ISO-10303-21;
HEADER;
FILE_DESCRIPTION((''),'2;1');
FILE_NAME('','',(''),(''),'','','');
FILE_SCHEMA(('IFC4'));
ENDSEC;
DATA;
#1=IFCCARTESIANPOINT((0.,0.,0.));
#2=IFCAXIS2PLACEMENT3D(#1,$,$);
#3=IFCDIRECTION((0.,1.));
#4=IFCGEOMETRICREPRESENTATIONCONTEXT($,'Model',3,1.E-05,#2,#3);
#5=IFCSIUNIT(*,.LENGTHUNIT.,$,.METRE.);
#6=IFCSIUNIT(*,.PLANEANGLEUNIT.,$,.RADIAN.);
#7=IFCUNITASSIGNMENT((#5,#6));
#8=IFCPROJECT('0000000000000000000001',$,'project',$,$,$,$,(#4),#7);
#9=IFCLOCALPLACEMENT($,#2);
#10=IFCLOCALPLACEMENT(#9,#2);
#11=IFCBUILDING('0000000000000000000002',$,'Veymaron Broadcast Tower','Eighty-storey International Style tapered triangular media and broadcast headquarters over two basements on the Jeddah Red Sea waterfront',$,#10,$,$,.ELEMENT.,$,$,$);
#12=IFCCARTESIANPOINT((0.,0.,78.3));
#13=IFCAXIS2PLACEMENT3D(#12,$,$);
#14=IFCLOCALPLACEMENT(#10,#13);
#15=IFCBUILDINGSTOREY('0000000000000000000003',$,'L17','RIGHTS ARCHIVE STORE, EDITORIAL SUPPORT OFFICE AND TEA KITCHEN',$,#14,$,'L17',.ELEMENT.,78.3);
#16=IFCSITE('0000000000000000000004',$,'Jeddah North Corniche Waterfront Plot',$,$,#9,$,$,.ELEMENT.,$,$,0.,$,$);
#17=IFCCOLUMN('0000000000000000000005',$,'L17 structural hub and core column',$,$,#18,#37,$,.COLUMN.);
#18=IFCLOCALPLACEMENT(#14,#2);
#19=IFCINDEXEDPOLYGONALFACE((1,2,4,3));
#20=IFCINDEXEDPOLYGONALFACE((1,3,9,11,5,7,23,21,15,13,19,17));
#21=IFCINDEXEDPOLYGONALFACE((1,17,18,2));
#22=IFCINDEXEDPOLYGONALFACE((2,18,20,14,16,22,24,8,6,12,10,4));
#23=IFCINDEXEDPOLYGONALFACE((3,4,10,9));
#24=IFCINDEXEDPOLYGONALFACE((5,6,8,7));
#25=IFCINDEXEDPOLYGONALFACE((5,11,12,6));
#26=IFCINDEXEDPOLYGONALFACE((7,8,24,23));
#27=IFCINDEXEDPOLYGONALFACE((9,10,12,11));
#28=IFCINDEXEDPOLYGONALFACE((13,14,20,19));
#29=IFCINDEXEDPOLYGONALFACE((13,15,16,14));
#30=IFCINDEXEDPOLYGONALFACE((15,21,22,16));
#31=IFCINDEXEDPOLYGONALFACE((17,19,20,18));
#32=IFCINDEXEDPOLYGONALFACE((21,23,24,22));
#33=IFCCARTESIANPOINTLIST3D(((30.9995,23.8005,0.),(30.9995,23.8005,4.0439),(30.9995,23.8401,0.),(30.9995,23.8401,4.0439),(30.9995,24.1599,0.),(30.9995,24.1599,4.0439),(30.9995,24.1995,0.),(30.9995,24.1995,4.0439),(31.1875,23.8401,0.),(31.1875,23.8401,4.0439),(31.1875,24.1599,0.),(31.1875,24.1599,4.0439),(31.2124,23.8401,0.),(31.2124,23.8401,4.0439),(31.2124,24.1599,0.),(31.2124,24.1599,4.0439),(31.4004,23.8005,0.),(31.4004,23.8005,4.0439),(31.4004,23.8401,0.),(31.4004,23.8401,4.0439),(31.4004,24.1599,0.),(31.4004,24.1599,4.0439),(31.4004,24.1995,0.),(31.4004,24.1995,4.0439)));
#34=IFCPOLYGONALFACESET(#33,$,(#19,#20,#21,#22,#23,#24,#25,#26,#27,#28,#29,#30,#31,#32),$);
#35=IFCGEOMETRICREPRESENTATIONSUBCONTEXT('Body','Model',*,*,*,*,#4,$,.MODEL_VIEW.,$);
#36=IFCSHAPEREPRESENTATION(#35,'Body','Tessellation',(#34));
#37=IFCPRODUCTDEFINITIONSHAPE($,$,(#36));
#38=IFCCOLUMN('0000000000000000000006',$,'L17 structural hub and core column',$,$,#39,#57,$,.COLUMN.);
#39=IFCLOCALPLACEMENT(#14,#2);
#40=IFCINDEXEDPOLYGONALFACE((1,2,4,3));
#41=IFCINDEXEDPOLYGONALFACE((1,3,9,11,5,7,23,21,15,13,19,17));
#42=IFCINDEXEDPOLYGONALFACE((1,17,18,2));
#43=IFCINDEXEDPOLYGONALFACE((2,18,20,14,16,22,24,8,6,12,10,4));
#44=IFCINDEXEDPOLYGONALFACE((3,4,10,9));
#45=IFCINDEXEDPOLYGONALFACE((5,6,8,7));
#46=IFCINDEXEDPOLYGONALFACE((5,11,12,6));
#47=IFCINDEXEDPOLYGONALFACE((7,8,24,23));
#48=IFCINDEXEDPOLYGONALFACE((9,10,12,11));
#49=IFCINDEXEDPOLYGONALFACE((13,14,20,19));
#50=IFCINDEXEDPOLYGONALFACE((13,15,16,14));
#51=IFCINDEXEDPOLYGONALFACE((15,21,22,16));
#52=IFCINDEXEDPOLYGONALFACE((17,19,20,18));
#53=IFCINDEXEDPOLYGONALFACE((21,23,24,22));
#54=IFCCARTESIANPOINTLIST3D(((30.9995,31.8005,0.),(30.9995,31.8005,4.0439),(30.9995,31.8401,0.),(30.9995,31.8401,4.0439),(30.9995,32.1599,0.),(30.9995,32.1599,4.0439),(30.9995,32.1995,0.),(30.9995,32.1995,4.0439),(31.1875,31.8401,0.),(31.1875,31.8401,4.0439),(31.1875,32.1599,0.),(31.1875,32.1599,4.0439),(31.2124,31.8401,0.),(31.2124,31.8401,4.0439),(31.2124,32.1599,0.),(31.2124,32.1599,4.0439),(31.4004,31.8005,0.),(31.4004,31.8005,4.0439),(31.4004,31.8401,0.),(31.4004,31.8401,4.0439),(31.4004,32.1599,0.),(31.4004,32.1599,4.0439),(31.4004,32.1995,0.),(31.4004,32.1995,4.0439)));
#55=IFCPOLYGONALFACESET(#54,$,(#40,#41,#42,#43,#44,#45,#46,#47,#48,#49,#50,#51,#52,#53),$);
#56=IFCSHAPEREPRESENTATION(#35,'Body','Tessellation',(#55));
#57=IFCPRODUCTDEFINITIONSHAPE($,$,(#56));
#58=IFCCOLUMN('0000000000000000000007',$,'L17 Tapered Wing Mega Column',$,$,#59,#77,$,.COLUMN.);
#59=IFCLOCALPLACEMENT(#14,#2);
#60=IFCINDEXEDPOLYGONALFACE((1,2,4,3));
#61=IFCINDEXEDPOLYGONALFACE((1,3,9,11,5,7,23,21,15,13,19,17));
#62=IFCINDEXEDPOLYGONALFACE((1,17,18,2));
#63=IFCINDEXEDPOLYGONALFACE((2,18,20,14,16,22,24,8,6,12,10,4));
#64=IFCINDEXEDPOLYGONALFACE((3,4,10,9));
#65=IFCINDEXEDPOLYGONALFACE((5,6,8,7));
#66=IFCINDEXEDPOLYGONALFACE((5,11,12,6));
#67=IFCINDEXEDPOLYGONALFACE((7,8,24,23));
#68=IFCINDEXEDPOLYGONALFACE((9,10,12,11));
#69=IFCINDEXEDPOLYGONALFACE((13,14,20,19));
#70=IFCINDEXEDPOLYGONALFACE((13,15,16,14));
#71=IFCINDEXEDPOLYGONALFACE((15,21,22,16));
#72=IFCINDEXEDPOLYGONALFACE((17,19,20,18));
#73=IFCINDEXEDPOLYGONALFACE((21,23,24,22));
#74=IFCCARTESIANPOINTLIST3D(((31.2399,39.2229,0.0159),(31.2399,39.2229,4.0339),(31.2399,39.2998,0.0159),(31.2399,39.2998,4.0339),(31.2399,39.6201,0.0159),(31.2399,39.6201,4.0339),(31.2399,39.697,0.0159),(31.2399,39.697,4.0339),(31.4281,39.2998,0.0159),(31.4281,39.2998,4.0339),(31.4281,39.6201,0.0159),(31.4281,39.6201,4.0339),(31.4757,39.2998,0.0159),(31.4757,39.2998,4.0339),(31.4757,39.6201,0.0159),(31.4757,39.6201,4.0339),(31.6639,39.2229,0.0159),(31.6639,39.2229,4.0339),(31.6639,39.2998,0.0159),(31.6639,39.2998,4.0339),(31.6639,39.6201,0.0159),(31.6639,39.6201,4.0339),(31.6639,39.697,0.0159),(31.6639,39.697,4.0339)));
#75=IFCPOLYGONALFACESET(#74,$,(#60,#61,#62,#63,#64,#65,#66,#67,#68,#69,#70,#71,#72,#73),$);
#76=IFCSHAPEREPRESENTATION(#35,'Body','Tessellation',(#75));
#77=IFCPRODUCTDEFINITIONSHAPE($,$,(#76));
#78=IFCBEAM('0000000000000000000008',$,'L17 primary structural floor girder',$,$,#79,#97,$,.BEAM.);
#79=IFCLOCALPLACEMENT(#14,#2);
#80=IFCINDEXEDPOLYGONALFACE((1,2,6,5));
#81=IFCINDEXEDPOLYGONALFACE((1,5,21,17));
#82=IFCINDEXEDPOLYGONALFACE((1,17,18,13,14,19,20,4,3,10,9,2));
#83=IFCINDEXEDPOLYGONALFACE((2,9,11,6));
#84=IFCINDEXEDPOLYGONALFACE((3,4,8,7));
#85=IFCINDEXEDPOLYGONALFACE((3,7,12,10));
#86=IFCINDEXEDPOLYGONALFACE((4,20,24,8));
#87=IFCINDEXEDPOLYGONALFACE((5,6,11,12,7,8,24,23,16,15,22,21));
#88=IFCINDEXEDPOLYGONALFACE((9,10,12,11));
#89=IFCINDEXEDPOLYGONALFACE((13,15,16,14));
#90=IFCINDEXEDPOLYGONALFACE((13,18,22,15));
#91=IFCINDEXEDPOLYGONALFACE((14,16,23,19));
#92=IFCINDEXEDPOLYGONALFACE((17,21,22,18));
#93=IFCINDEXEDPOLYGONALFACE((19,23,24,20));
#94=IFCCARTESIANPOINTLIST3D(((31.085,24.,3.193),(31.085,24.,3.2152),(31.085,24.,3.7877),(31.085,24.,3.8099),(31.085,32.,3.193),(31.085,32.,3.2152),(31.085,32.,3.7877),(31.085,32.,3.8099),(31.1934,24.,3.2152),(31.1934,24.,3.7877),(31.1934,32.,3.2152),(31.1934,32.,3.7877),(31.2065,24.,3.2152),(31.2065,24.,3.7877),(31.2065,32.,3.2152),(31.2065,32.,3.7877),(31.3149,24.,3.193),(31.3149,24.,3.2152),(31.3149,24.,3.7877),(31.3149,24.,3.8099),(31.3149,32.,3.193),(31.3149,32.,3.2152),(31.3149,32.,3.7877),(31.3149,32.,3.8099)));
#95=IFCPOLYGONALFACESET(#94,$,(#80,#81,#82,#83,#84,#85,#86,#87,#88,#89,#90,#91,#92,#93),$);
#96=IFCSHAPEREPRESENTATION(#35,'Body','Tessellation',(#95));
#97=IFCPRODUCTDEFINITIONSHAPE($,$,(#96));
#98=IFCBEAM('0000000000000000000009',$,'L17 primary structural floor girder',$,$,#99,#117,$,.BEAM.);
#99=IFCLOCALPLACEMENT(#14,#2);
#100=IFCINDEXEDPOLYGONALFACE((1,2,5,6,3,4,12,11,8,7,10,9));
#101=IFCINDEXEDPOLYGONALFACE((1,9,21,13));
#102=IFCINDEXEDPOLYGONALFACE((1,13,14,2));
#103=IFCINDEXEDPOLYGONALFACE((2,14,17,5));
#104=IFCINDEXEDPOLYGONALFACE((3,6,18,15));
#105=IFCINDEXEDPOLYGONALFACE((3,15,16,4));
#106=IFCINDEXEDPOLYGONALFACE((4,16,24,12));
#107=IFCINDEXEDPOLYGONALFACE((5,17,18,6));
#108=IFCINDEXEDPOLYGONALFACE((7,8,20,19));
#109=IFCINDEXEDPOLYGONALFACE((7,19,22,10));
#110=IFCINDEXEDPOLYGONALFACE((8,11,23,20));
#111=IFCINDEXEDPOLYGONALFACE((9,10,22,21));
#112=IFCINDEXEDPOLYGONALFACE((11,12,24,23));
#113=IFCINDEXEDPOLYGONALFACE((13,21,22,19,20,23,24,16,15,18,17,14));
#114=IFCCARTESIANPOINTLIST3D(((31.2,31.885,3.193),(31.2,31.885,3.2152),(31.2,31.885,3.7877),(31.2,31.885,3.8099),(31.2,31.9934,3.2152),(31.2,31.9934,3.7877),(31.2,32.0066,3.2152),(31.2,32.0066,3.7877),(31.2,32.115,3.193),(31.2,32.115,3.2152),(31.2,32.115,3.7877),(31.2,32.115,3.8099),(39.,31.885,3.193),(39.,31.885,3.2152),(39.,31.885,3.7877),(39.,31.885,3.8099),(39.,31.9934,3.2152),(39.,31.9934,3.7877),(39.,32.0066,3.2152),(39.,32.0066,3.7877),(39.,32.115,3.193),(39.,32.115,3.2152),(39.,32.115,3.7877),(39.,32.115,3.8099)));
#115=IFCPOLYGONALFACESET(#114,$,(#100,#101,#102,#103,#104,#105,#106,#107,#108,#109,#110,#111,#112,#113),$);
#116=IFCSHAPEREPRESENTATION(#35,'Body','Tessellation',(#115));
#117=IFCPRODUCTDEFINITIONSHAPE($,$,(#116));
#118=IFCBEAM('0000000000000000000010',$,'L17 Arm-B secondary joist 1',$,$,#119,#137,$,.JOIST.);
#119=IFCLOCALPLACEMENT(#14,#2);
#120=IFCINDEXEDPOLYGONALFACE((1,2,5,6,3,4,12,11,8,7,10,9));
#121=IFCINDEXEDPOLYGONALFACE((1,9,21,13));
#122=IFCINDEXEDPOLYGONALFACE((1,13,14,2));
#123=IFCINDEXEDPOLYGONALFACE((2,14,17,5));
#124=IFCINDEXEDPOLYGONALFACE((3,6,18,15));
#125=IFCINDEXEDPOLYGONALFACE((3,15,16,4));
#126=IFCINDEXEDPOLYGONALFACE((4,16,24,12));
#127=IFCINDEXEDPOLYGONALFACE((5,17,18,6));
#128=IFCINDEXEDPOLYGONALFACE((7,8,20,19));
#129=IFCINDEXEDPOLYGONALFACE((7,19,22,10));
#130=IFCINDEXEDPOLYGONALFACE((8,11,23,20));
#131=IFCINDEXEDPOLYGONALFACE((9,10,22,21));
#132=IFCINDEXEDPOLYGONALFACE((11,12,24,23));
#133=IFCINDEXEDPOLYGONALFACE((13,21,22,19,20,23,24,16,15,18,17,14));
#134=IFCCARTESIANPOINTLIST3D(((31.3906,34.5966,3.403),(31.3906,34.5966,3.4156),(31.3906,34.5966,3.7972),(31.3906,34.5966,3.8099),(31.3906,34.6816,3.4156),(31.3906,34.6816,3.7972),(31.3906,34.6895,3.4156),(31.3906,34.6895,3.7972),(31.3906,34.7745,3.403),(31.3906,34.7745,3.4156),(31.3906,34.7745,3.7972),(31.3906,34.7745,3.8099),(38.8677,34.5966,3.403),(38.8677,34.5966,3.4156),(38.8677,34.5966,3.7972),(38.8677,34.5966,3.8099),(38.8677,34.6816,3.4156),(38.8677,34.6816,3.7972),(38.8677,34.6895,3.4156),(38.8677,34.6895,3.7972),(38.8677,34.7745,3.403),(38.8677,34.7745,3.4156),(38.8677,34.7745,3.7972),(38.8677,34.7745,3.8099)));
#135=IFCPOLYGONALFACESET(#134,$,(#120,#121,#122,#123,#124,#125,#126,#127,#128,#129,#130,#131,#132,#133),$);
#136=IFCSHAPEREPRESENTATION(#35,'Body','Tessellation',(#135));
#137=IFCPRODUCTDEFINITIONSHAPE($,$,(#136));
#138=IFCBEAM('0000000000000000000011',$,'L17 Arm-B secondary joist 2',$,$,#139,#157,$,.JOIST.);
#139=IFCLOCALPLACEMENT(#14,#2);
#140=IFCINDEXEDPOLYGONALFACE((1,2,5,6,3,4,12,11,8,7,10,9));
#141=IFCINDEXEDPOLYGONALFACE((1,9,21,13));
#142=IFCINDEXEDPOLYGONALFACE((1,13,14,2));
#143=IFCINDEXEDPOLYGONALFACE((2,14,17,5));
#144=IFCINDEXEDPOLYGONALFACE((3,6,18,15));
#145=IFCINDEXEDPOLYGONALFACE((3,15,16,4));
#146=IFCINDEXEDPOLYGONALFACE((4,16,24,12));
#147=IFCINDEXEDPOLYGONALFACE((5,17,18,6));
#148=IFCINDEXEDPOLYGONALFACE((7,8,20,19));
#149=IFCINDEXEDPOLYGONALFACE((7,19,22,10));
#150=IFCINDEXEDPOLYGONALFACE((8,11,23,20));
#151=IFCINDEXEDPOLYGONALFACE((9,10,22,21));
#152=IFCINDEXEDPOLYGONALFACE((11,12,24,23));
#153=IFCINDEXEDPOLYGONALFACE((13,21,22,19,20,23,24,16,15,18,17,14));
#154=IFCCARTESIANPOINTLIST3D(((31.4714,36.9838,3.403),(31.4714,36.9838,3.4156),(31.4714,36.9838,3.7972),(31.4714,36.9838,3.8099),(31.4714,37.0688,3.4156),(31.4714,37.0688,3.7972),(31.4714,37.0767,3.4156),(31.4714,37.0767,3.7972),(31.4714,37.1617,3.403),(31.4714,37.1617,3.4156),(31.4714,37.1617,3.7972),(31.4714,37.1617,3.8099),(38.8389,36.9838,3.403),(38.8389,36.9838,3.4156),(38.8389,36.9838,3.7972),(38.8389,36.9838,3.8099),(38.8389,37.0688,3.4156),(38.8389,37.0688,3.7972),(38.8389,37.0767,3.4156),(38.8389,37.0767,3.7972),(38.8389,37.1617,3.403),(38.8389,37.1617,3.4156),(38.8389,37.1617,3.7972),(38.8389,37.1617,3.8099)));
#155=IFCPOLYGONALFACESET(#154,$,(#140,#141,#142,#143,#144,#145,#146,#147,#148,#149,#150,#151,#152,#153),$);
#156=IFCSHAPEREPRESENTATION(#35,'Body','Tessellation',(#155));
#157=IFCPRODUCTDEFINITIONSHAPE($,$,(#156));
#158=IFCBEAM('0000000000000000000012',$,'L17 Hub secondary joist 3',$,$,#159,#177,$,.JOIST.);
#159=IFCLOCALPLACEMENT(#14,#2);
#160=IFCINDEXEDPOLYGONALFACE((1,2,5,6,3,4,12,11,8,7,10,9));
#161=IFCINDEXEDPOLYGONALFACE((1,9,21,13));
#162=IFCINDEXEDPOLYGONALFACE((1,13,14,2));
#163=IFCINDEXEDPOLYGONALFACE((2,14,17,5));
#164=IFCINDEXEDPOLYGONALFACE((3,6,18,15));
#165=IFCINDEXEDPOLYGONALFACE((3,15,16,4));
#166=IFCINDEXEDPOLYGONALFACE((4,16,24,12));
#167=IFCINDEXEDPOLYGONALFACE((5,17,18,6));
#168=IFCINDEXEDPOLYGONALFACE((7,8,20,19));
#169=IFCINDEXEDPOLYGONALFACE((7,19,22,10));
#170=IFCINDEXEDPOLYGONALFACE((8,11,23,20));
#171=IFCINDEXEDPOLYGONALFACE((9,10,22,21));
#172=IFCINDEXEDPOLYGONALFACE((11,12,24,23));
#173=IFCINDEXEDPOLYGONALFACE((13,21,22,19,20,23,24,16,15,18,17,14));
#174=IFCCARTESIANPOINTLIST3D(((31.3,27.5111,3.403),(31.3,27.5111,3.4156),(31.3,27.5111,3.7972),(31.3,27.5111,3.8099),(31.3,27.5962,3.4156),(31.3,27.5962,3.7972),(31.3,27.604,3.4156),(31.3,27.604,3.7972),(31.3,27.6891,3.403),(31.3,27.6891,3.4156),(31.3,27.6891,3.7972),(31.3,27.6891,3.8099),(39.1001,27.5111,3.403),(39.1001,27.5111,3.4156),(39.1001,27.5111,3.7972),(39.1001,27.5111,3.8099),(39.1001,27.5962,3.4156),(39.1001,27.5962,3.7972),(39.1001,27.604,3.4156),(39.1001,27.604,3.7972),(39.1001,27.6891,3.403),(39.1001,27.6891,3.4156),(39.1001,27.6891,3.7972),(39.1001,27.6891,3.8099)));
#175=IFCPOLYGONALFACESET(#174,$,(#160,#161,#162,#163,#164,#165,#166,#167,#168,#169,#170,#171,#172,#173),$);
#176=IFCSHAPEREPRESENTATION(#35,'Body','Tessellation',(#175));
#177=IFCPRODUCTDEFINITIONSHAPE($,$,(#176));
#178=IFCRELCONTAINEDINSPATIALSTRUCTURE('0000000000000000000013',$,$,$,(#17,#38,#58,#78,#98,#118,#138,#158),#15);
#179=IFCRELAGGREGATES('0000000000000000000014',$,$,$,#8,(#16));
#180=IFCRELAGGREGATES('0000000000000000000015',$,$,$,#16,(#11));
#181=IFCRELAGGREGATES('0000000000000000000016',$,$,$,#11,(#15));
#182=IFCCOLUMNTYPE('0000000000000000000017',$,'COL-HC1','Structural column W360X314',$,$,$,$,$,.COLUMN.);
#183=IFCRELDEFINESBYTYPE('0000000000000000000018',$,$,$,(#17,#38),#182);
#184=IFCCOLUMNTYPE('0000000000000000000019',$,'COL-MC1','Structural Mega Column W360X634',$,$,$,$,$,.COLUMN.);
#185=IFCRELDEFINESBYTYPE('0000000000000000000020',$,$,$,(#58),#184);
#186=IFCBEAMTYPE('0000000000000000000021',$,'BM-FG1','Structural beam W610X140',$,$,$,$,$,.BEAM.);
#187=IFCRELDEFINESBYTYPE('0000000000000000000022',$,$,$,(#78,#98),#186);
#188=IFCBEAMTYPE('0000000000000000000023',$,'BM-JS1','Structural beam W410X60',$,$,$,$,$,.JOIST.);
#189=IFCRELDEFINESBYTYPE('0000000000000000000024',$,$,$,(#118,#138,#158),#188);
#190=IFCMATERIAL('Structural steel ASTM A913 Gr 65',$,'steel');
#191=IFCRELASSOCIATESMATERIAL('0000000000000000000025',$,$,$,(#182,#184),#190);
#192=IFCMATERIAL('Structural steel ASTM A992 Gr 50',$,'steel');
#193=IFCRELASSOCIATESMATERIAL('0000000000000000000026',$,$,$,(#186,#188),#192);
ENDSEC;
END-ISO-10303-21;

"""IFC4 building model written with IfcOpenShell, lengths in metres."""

from ifc_helpers import new_model, si_unit, direction, frame, origin, origin_2d, place, context, subcontext, project, spatial, i_section, extrude, material, material_profile, profile_set, type_object, element, save


model = new_model("IFC4")

# Units and contexts
model_context = context("Model", 3, precision=1e-05, world=origin(), true_north=direction((0.0, 1.0)))
body_context = subcontext(model_context, "Body", "Model", "MODEL_VIEW")
ifc_project = project(units=[si_unit("LENGTHUNIT", "METRE"), si_unit("PLANEANGLEUNIT", "RADIAN")], contexts=[model_context])

# Site, building, storey
site_placement = place(None, origin())
site = spatial("IfcSite", under=ifc_project, at=site_placement, Name="Jeddah North Corniche Waterfront Plot", CompositionType="ELEMENT", RefElevation=0.0)
building_placement = place(site_placement, origin())
building = spatial("IfcBuilding", under=site, at=building_placement, Name="Veymaron Broadcast Tower", Description="Eighty-storey International Style tapered triangular media and broadcast headquarters over two basements on the Jeddah Red Sea waterfront", CompositionType="ELEMENT")
storey_placement = place(building_placement, frame((0.0, 0.0, 78.3)))
storey = spatial("IfcBuildingStorey", under=building, at=storey_placement, Name="L17", Description="RIGHTS ARCHIVE STORE, EDITORIAL SUPPORT OFFICE AND TEA KITCHEN", LongName="L17", CompositionType="ELEMENT", Elevation=78.3)

# Columns
ifc_material_1 = material(Name="Structural steel ASTM A913 Gr 65", Category="steel")
ifc_material_profile_1 = material_profile(ifc_material_1, i_section(OverallWidth=0.4009, OverallDepth=0.3989, WebThickness=0.0249, FlangeThickness=0.0396, at=origin_2d()), Name="W360X314")
ifc_profile_set_1 = profile_set([ifc_material_profile_1], Name="Structural steel ASTM A913 Gr 65")
column_type_1 = type_object("IfcColumnType", Name="COL-HC1", Description="Structural column W360X314", PredefinedType="COLUMN", material=ifc_profile_set_1)
for number, where, z_axis, x_axis, name in (
    (1, (31.2, 24.0, 0.0), (0.0, 0.0, 1.0), (1.0, 0.0, 0.0), "L17 structural hub and core column"),
    (2, (31.2, 32.0, 0.0), (0.0, 0.0, 1.0), (1.0, 0.0, 0.0), "L17 structural hub and core column"),
):
    element("IfcColumn", number, at=place(storey_placement, frame(where, z_axis=z_axis, x_axis=x_axis)), inside=storey, type_object=column_type_1, Name=name, PredefinedType="COLUMN", context=body_context, shape_type="SweptSolid", body=[
        extrude(i_section(OverallWidth=0.4009, OverallDepth=0.3989, WebThickness=0.0249, FlangeThickness=0.0396, at=origin_2d()), origin(), (0.0, 0.0, 1.0), 4.0439),
    ])
ifc_material_profile_2 = material_profile(ifc_material_1, i_section(OverallWidth=0.4241, OverallDepth=0.4741, WebThickness=0.0476, FlangeThickness=0.0769, at=origin_2d()), Name="W360X634")
ifc_profile_set_2 = profile_set([ifc_material_profile_2], Name="Structural steel ASTM A913 Gr 65")
column_type_2 = type_object("IfcColumnType", Name="COL-MC1", Description="Structural Mega Column W360X634", PredefinedType="COLUMN", material=ifc_profile_set_2)
column_placement = place(storey_placement, frame((31.4519, 39.46, 0.0159), z_axis=(0.0, 0.0, 1.0), x_axis=(1.0, 0.0, 0.0)))
element("IfcColumn", 3, at=column_placement, inside=storey, type_object=column_type_2, Name="L17 Tapered Wing Mega Column", PredefinedType="COLUMN", context=body_context, shape_type="SweptSolid", body=[
    extrude(i_section(OverallWidth=0.4241, OverallDepth=0.4741, WebThickness=0.0476, FlangeThickness=0.0769, at=origin_2d()), origin(), (0.0, 0.0, 1.0), 4.0181),
])

# Beams
ifc_material_2 = material(Name="Structural steel ASTM A992 Gr 50", Category="steel")
ifc_material_profile_3 = material_profile(ifc_material_2, i_section(OverallWidth=0.23, OverallDepth=0.6169, WebThickness=0.0132, FlangeThickness=0.0222, at=origin_2d()), Name="W610X140")
ifc_profile_set_3 = profile_set([ifc_material_profile_3], Name="Structural steel ASTM A992 Gr 50")
beam_type_1 = type_object("IfcBeamType", Name="BM-FG1", Description="Structural beam W610X140", PredefinedType="BEAM", material=ifc_profile_set_3)
beam_1_placement = place(storey_placement, frame((31.2, 24.0, 3.5015), z_axis=(0.0, 1.0, 0.0), x_axis=(-1.0, 0.0, 0.0)))
element("IfcBeam", 4, at=beam_1_placement, inside=storey, type_object=beam_type_1, Name="L17 primary structural floor girder", PredefinedType="BEAM", context=body_context, shape_type="SweptSolid", body=[
    extrude(i_section(OverallWidth=0.23, OverallDepth=0.6169, WebThickness=0.0132, FlangeThickness=0.0222, at=origin_2d()), origin(), (0.0, 0.0, 1.0), 8.0),
])
beam_2_placement = place(storey_placement, frame((31.2, 32.0, 3.5015), z_axis=(1.0, 0.0, 0.0), x_axis=(0.0, 1.0, 0.0)))
element("IfcBeam", 5, at=beam_2_placement, inside=storey, type_object=beam_type_1, Name="L17 primary structural floor girder", PredefinedType="BEAM", context=body_context, shape_type="SweptSolid", body=[
    extrude(i_section(OverallWidth=0.23, OverallDepth=0.6169, WebThickness=0.0132, FlangeThickness=0.0222, at=origin_2d()), origin(), (0.0, 0.0, 1.0), 7.8),
])
ifc_material_profile_4 = material_profile(ifc_material_2, i_section(OverallWidth=0.178, OverallDepth=0.407, WebThickness=0.0078, FlangeThickness=0.0127, at=origin_2d()), Name="W410X60")
ifc_profile_set_4 = profile_set([ifc_material_profile_4], Name="Structural steel ASTM A992 Gr 50")
beam_type_2 = type_object("IfcBeamType", Name="BM-JS1", Description="Structural beam W410X60", PredefinedType="JOIST", material=ifc_profile_set_4)
beam_3_placement = place(storey_placement, frame((31.3906, 34.6855, 3.6064), z_axis=(1.0, 0.0, 0.0), x_axis=(0.0, 1.0, 0.0)))
element("IfcBeam", 6, at=beam_3_placement, inside=storey, type_object=beam_type_2, Name="L17 Arm-B secondary joist 1", PredefinedType="JOIST", context=body_context, shape_type="SweptSolid", body=[
    extrude(i_section(OverallWidth=0.178, OverallDepth=0.407, WebThickness=0.0078, FlangeThickness=0.0127, at=origin_2d()), origin(), (0.0, 0.0, 1.0), 7.4771),
])
beam_4_placement = place(storey_placement, frame((31.4714, 37.0728, 3.6064), z_axis=(1.0, 0.0, 0.0), x_axis=(0.0, 1.0, 0.0)))
element("IfcBeam", 7, at=beam_4_placement, inside=storey, type_object=beam_type_2, Name="L17 Arm-B secondary joist 2", PredefinedType="JOIST", context=body_context, shape_type="SweptSolid", body=[
    extrude(i_section(OverallWidth=0.178, OverallDepth=0.407, WebThickness=0.0078, FlangeThickness=0.0127, at=origin_2d()), origin(), (0.0, 0.0, 1.0), 7.3674),
])
for number, where, z_axis, x_axis, name in (
    (8, (31.3, 27.6001, 3.6064), (1.0, 0.0, 0.0), (0.0, 1.0, 0.0), "L17 Hub secondary joist 3"),
):
    element("IfcBeam", number, at=place(storey_placement, frame(where, z_axis=z_axis, x_axis=x_axis)), inside=storey, type_object=beam_type_2, Name=name, PredefinedType="JOIST", context=body_context, shape_type="SweptSolid", body=[
        extrude(i_section(OverallWidth=0.178, OverallDepth=0.407, WebThickness=0.0078, FlangeThickness=0.0127, at=origin_2d()), origin(), (0.0, 0.0, 1.0), 7.8),
    ])

save(model, "model.ifc")
